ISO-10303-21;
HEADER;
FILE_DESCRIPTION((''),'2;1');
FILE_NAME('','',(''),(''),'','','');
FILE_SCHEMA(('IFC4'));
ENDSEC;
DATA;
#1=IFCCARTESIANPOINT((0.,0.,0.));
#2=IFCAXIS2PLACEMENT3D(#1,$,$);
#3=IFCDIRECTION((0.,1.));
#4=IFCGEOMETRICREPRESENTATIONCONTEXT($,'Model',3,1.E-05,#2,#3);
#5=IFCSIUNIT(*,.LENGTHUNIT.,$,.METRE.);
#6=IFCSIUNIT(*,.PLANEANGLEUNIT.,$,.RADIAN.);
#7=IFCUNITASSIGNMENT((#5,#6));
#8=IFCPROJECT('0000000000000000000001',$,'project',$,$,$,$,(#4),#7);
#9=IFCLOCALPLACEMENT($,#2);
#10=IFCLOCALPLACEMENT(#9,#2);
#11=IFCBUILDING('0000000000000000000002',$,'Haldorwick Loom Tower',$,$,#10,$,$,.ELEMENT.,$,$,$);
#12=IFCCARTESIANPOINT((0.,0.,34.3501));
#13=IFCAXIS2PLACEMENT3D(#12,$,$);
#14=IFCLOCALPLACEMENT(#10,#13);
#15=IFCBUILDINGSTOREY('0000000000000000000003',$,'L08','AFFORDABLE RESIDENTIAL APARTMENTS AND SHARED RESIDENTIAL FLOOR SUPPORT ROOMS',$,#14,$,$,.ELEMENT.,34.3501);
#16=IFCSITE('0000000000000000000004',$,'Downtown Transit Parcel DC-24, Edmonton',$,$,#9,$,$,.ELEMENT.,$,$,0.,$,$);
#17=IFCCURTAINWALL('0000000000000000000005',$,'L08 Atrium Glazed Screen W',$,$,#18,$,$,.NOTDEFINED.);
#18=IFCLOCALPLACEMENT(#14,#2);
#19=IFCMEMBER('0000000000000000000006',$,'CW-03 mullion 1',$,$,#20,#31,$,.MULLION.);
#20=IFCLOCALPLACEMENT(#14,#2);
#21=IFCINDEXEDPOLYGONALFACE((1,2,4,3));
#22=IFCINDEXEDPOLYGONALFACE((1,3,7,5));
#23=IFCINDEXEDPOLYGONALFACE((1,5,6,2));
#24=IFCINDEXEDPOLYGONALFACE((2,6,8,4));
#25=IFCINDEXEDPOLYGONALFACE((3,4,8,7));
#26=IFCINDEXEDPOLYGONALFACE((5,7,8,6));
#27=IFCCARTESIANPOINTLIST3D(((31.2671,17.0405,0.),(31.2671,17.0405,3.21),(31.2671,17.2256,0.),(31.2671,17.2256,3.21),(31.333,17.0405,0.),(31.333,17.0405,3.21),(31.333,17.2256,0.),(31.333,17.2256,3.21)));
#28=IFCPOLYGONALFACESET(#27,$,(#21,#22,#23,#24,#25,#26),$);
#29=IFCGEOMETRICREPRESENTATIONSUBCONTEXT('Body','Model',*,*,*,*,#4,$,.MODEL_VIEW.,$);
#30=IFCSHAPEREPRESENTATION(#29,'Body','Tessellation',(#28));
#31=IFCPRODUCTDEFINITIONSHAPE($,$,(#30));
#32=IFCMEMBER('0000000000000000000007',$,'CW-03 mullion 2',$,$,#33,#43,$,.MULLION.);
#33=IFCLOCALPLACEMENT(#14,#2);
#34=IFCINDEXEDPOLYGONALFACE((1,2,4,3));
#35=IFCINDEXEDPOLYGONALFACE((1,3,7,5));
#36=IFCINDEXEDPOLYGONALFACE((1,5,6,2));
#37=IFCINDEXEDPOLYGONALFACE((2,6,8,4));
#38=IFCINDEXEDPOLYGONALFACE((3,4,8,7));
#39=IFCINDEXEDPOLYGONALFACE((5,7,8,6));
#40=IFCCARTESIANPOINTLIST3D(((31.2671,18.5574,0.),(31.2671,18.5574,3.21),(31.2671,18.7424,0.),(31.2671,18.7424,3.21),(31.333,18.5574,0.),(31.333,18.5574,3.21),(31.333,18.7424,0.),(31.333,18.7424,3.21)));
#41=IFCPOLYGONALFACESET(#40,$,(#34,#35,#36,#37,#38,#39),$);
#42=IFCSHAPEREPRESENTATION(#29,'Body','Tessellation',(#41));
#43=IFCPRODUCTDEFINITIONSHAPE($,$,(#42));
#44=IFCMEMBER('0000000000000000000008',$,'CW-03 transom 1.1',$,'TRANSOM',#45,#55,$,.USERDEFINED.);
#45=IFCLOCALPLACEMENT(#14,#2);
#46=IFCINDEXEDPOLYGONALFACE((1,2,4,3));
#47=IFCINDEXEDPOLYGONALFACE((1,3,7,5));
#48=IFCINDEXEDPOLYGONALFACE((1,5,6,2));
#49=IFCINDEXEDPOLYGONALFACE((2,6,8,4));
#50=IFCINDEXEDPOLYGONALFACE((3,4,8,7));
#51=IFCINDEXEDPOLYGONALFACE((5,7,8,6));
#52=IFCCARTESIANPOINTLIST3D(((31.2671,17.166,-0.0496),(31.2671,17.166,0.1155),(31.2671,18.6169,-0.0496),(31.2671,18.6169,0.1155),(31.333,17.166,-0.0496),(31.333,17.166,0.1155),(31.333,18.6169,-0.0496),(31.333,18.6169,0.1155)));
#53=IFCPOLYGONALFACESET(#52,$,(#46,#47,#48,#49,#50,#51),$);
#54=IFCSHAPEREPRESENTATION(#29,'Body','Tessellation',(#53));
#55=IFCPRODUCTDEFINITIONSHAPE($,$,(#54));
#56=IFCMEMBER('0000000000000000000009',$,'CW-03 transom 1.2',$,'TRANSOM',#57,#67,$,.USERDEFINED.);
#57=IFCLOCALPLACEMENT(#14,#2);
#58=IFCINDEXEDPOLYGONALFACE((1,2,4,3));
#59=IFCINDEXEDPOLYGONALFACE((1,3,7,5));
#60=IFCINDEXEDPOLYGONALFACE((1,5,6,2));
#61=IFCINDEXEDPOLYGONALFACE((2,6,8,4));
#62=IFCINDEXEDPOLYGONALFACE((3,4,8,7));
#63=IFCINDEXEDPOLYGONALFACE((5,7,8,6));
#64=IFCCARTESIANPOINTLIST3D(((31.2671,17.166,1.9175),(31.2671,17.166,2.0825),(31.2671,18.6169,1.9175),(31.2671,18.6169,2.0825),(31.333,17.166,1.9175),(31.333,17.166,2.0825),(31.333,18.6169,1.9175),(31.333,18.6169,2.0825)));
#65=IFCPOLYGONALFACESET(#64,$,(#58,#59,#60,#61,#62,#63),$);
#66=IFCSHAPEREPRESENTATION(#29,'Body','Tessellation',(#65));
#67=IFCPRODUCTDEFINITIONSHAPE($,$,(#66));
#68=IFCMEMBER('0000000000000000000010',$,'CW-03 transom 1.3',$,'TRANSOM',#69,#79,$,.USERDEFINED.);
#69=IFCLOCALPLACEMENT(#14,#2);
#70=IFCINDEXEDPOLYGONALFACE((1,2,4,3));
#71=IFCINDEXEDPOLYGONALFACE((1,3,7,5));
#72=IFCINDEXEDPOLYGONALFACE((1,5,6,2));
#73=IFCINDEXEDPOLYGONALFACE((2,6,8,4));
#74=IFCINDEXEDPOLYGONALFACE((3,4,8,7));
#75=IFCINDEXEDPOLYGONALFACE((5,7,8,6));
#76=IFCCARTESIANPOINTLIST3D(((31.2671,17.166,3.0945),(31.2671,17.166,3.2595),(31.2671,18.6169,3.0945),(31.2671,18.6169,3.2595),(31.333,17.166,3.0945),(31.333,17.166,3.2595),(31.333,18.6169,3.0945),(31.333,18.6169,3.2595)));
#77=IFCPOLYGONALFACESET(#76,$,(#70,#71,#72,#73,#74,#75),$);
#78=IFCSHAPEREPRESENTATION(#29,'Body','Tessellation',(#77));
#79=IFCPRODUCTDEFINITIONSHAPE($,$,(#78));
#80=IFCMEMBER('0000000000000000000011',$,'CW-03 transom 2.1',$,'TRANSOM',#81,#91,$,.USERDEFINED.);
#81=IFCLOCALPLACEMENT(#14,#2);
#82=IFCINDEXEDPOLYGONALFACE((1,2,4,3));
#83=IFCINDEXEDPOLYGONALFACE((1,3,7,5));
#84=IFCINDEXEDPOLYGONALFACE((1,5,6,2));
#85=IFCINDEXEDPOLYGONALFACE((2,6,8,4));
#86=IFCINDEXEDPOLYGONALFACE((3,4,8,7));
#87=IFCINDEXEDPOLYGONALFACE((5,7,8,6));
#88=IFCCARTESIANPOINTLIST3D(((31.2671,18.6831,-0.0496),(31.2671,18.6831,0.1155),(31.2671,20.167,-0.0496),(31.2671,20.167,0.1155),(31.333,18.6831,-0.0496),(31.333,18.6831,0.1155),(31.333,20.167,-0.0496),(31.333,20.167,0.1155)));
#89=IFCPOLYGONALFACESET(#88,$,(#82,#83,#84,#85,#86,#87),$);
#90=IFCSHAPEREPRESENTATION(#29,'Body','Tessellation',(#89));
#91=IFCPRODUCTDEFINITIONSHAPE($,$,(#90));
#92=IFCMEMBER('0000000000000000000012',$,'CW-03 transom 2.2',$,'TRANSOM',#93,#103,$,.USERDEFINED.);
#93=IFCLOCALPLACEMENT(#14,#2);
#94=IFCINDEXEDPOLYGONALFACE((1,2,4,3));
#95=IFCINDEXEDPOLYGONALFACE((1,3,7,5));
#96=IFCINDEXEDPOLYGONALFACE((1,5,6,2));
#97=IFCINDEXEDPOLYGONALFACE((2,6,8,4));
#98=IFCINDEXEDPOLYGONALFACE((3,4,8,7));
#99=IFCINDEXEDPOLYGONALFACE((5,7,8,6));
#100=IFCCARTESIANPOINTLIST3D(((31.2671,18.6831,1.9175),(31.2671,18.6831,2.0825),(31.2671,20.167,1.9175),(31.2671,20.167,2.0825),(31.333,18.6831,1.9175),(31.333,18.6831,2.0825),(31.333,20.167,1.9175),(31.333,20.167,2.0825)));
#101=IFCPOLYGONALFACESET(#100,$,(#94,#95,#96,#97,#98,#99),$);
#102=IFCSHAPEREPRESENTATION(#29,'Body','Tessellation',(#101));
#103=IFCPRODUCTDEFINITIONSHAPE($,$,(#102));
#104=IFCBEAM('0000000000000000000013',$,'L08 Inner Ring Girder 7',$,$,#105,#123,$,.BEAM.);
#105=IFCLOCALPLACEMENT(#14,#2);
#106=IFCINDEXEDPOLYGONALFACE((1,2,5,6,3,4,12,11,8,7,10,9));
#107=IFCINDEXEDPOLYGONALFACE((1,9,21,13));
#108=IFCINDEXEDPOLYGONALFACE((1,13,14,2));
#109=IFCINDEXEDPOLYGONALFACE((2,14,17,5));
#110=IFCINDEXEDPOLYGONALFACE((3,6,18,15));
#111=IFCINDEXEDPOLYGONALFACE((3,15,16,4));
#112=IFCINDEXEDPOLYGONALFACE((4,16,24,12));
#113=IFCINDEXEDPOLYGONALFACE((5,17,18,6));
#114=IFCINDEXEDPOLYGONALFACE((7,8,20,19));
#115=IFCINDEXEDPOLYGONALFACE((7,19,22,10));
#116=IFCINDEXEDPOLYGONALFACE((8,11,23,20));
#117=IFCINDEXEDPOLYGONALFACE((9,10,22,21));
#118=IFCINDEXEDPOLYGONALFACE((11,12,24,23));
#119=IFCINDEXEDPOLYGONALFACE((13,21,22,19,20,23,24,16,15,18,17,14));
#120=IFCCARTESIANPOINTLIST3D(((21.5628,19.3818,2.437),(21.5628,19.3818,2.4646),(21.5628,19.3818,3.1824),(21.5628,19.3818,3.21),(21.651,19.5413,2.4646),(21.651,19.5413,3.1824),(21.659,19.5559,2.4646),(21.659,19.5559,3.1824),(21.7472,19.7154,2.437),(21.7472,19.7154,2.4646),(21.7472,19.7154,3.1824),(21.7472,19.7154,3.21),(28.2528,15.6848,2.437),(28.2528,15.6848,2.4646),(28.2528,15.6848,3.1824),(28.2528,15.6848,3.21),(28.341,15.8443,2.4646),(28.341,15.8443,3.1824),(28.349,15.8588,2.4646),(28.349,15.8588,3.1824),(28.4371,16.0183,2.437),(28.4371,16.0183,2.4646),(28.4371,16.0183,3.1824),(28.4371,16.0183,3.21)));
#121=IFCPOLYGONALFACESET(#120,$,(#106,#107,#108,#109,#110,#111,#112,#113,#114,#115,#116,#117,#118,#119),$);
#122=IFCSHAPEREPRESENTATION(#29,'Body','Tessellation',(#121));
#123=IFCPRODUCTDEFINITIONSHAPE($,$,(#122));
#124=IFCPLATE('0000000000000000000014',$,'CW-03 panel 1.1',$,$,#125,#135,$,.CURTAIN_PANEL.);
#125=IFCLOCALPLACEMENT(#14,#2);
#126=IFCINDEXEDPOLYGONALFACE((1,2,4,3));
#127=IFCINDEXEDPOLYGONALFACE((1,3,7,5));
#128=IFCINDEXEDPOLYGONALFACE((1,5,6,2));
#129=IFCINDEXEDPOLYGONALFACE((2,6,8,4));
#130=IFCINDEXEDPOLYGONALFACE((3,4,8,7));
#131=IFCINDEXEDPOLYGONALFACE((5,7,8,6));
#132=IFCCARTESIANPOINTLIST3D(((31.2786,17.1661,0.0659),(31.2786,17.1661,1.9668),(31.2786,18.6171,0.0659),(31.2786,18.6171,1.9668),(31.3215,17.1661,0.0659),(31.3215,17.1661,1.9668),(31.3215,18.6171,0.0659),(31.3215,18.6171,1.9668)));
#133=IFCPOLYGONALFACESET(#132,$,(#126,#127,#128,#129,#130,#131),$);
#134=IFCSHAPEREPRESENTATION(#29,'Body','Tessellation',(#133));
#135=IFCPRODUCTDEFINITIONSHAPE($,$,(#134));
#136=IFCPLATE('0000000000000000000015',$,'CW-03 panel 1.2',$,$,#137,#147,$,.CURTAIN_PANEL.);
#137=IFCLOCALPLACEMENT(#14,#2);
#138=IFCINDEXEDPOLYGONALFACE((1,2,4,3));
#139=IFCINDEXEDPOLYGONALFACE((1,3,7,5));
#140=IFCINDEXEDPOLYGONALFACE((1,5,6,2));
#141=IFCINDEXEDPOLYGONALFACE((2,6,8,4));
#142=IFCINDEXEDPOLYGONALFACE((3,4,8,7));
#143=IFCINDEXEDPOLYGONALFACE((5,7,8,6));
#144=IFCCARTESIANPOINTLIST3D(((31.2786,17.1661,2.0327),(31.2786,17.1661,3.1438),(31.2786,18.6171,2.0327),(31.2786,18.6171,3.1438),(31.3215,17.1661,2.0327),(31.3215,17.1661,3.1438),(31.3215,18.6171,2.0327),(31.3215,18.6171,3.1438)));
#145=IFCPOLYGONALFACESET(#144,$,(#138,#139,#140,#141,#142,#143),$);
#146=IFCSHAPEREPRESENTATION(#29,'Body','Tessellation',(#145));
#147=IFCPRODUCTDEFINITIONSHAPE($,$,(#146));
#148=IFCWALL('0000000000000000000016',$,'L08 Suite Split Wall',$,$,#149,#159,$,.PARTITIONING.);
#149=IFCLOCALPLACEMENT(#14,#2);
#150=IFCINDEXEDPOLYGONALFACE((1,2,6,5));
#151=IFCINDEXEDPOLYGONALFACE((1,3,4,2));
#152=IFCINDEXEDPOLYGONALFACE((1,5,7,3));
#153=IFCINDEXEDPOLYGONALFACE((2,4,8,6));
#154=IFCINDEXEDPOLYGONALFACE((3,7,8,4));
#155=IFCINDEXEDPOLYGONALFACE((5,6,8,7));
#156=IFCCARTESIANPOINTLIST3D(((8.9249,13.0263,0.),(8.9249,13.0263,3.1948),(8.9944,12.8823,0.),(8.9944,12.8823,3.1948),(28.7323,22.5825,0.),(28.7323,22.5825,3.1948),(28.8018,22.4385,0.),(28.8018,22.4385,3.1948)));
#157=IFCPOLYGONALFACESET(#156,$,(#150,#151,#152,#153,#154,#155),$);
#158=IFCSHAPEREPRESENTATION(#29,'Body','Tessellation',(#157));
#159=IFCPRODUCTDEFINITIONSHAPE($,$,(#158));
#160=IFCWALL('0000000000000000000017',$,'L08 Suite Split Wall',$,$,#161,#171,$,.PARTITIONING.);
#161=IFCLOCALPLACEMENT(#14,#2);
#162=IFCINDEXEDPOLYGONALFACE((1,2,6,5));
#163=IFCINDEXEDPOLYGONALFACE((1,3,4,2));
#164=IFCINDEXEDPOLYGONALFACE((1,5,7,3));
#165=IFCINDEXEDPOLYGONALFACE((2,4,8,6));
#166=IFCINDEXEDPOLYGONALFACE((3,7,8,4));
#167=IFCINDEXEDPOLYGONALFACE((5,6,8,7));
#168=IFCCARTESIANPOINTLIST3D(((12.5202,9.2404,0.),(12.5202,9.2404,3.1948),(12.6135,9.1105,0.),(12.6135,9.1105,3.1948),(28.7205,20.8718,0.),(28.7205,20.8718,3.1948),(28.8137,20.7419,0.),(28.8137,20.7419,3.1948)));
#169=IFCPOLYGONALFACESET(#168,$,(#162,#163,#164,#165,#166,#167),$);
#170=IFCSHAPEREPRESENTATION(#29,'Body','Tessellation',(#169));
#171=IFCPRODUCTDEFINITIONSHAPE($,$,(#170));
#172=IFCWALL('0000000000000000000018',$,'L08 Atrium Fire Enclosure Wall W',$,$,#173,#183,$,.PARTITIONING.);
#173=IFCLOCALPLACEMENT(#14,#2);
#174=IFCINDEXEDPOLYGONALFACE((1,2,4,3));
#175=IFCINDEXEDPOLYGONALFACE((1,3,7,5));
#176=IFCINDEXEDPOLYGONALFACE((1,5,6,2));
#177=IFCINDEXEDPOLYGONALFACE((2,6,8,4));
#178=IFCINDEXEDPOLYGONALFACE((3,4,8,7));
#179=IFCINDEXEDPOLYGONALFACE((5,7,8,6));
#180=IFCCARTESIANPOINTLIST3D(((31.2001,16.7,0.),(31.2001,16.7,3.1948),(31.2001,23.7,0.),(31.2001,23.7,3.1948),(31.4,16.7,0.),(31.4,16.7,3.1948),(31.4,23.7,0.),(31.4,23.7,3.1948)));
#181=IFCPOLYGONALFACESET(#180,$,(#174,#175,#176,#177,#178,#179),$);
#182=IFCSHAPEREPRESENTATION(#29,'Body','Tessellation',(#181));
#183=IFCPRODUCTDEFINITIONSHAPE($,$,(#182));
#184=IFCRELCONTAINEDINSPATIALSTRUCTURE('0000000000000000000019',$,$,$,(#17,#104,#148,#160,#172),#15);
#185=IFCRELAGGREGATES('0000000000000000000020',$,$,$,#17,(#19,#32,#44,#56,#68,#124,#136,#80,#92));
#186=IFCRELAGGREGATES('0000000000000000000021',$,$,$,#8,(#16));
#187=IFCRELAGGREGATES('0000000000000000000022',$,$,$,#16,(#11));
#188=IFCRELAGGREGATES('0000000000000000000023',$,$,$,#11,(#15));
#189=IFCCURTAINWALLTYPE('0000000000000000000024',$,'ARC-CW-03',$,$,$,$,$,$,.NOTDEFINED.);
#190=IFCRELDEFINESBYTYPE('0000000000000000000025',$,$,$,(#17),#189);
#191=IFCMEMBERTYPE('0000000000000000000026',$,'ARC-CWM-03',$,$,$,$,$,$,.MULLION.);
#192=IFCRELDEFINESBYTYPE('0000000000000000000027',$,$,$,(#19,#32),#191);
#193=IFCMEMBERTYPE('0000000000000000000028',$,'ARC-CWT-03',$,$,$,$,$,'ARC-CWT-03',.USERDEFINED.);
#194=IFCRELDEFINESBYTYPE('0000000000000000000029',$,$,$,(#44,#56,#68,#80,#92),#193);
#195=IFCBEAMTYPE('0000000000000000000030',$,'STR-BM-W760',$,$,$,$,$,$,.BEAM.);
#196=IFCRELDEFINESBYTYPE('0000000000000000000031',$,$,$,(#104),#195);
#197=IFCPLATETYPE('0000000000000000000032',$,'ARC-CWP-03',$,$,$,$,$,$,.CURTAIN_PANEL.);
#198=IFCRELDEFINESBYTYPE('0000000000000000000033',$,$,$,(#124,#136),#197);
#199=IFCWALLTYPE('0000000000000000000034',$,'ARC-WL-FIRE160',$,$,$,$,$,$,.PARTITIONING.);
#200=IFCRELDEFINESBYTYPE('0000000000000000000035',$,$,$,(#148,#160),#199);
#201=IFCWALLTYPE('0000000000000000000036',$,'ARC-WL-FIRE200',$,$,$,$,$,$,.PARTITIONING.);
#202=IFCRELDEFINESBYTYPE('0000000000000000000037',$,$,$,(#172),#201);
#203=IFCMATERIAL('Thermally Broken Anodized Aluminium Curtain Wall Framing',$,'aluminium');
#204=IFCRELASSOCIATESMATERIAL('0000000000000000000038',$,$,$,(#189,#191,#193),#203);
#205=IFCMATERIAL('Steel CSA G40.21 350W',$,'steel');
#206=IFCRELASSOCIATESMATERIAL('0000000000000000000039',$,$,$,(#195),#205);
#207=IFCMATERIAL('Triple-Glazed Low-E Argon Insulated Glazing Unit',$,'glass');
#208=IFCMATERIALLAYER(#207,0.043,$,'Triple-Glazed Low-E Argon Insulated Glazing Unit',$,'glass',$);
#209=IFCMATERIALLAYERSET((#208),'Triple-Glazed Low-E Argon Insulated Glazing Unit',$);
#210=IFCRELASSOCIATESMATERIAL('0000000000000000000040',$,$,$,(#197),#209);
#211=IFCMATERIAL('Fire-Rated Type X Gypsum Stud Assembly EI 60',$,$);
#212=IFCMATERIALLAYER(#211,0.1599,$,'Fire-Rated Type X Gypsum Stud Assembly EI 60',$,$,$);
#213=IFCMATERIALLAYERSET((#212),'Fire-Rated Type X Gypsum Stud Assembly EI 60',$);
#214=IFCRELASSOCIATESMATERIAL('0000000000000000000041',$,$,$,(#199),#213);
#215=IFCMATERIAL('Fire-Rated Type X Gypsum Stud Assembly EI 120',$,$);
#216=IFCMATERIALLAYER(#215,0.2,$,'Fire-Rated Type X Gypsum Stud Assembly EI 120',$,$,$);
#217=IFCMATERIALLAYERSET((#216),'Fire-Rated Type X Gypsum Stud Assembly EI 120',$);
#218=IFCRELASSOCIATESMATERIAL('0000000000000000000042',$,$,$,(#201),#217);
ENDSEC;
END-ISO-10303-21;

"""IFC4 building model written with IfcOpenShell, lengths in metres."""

from ifc_helpers import new_model, si_unit, direction, frame, frame_2d, origin, origin_2d, place, context, subcontext, project, spatial, rectangle, i_section, extrude, material, layer, layer_set, material_profile, profile_set, type_object, element, aggregate, save


model = new_model("IFC4")

# Units and contexts
model_context = context("Model", 3, precision=1e-05, world=origin(), true_north=direction((0.0, 1.0)))
body_context = subcontext(model_context, "Body", "Model", "MODEL_VIEW")
ifc_project = project(units=[si_unit("LENGTHUNIT", "METRE"), si_unit("PLANEANGLEUNIT", "RADIAN")], contexts=[model_context])

# Site, building, storey
site_placement = place(None, origin())
site = spatial("IfcSite", under=ifc_project, at=site_placement, Name="Downtown Transit Parcel DC-24, Edmonton", CompositionType="ELEMENT", RefElevation=0.0)
building_placement = place(site_placement, origin())
building = spatial("IfcBuilding", under=site, at=building_placement, Name="Haldorwick Loom Tower", CompositionType="ELEMENT")
storey_placement = place(building_placement, frame((0.0, 0.0, 34.3501)))
storey = spatial("IfcBuildingStorey", under=building, at=storey_placement, Name="L08", Description="AFFORDABLE RESIDENTIAL APARTMENTS AND SHARED RESIDENTIAL FLOOR SUPPORT ROOMS", CompositionType="ELEMENT", Elevation=34.3501)

# Curtain wall, members
ifc_material_1 = material(Name="Thermally Broken Anodized Aluminium Curtain Wall Framing", Category="aluminium")
curtain_wall_type = type_object("IfcCurtainWallType", Name="ARC-CW-03", PredefinedType="NOTDEFINED", material=ifc_material_1)
curtain_wall_placement = place(storey_placement, origin())
curtain_wall = element("IfcCurtainWall", 1, at=curtain_wall_placement, inside=storey, type_object=curtain_wall_type, Name="L08 Atrium Glazed Screen W", PredefinedType="NOTDEFINED")
ifc_material_profile_1 = material_profile(ifc_material_1, rectangle(XDim=0.0659, YDim=0.1851, at=origin_2d()), Name="ALU_MUL_66X185", Category="aluminium")
ifc_profile_set_1 = profile_set([ifc_material_profile_1], Name="Thermally Broken Anodized Aluminium Curtain Wall Framing")
member_type_1 = type_object("IfcMemberType", Name="ARC-CWM-03", PredefinedType="MULLION", material=ifc_profile_set_1)
member_1_placement = place(storey_placement, frame((31.3, 17.1331, 0.0), z_axis=(0.0, 0.0, 1.0), x_axis=(-1.0, 0.0, 0.0)))
member_1 = element("IfcMember", 2, at=member_1_placement, type_object=member_type_1, Name="CW-03 mullion 1", PredefinedType="MULLION", context=body_context, shape_type="SweptSolid", body=[
    extrude(rectangle(XDim=0.0659, YDim=0.1851, at=origin_2d()), origin(), (0.0, 0.0, 1.0), 3.21),
])
member_2_placement = place(storey_placement, frame((31.3, 18.6499, 0.0), z_axis=(0.0, 0.0, 1.0), x_axis=(-1.0, 0.0, 0.0)))
member_2 = element("IfcMember", 3, at=member_2_placement, type_object=member_type_1, Name="CW-03 mullion 2", PredefinedType="MULLION", context=body_context, shape_type="SweptSolid", body=[
    extrude(rectangle(XDim=0.0659, YDim=0.1851, at=origin_2d()), origin(), (0.0, 0.0, 1.0), 3.21),
])
ifc_material_profile_2 = material_profile(ifc_material_1, rectangle(XDim=0.0659, YDim=0.165, at=origin_2d()), Name="ALU_TRN_66X165", Category="aluminium")
ifc_profile_set_2 = profile_set([ifc_material_profile_2], Name="Thermally Broken Anodized Aluminium Curtain Wall Framing")
member_type_2 = type_object("IfcMemberType", Name="ARC-CWT-03", ElementType="ARC-CWT-03", PredefinedType="USERDEFINED", material=ifc_profile_set_2)
member_3_placement = place(storey_placement, frame((31.3, 17.166, 0.033), z_axis=(0.0, 1.0, 0.0), x_axis=(-1.0, 0.0, 0.0)))
member_3 = element("IfcMember", 4, at=member_3_placement, type_object=member_type_2, Name="CW-03 transom 1.1", ObjectType="TRANSOM", PredefinedType="USERDEFINED", context=body_context, shape_type="SweptSolid", body=[
    extrude(rectangle(XDim=0.0659, YDim=0.165, at=origin_2d()), origin(), (0.0, 0.0, 1.0), 1.4509),
])
member_4_placement = place(storey_placement, frame((31.3, 17.166, 2.0), z_axis=(0.0, 1.0, 0.0), x_axis=(-1.0, 0.0, 0.0)))
member_4 = element("IfcMember", 5, at=member_4_placement, type_object=member_type_2, Name="CW-03 transom 1.2", ObjectType="TRANSOM", PredefinedType="USERDEFINED", context=body_context, shape_type="SweptSolid", body=[
    extrude(rectangle(XDim=0.0659, YDim=0.165, at=origin_2d()), origin(), (0.0, 0.0, 1.0), 1.4509),
])
member_5_placement = place(storey_placement, frame((31.3, 17.166, 3.177), z_axis=(0.0, 1.0, 0.0), x_axis=(-1.0, 0.0, 0.0)))
member_5 = element("IfcMember", 6, at=member_5_placement, type_object=member_type_2, Name="CW-03 transom 1.3", ObjectType="TRANSOM", PredefinedType="USERDEFINED", context=body_context, shape_type="SweptSolid", body=[
    extrude(rectangle(XDim=0.0659, YDim=0.165, at=origin_2d()), origin(), (0.0, 0.0, 1.0), 1.4509),
])
member_6_placement = place(storey_placement, frame((31.3, 18.6831, 0.033), z_axis=(0.0, 1.0, 0.0), x_axis=(-1.0, 0.0, 0.0)))
member_6 = element("IfcMember", 7, at=member_6_placement, type_object=member_type_2, Name="CW-03 transom 2.1", ObjectType="TRANSOM", PredefinedType="USERDEFINED", context=body_context, shape_type="SweptSolid", body=[
    extrude(rectangle(XDim=0.0659, YDim=0.165, at=origin_2d()), origin(), (0.0, 0.0, 1.0), 1.4839),
])
member_7_placement = place(storey_placement, frame((31.3, 18.6831, 2.0), z_axis=(0.0, 1.0, 0.0), x_axis=(-1.0, 0.0, 0.0)))
member_7 = element("IfcMember", 8, at=member_7_placement, type_object=member_type_2, Name="CW-03 transom 2.2", ObjectType="TRANSOM", PredefinedType="USERDEFINED", context=body_context, shape_type="SweptSolid", body=[
    extrude(rectangle(XDim=0.0659, YDim=0.165, at=origin_2d()), origin(), (0.0, 0.0, 1.0), 1.4839),
])

# Beam
ifc_material_2 = material(Name="Steel CSA G40.21 350W", Category="steel")
ifc_material_profile_3 = material_profile(ifc_material_2, i_section(OverallWidth=0.3811, OverallDepth=0.7729, WebThickness=0.0166, FlangeThickness=0.0276, at=origin_2d()), Name="W760X257", Category="steel")
ifc_profile_set_3 = profile_set([ifc_material_profile_3], Name="Steel CSA G40.21 350W")
beam_type = type_object("IfcBeamType", Name="STR-BM-W760", PredefinedType="BEAM", material=ifc_profile_set_3)
beam_placement = place(storey_placement, frame((28.345, 15.8516, 2.8235), z_axis=(-0.875244, 0.483681, 0.0), x_axis=(-0.483681, -0.875244, 0.0)))
element("IfcBeam", 9, at=beam_placement, inside=storey, type_object=beam_type, Name="L08 Inner Ring Girder 7", PredefinedType="BEAM", context=body_context, shape_type="SweptSolid", body=[
    extrude(i_section(OverallWidth=0.3811, OverallDepth=0.7729, WebThickness=0.0166, FlangeThickness=0.0276, at=origin_2d()), origin(), (0.0, 0.0, 1.0), 7.6436),
])

# Plates
ifc_material_3 = material(Name="Triple-Glazed Low-E Argon Insulated Glazing Unit", Category="glass")
ifc_layer_1 = layer(ifc_material_3, 0.043, Name="Triple-Glazed Low-E Argon Insulated Glazing Unit", Category="glass")
ifc_layer_set_1 = layer_set([ifc_layer_1], Name="Triple-Glazed Low-E Argon Insulated Glazing Unit")
plate_type = type_object("IfcPlateType", Name="ARC-CWP-03", PredefinedType="CURTAIN_PANEL", material=ifc_layer_set_1)
plate_1_placement = place(storey_placement, frame((31.3, 17.8916, 0.0659), z_axis=(0.0, 0.0, 1.0), x_axis=(0.0, 1.0, 0.0)))
plate_1 = element("IfcPlate", 10, at=plate_1_placement, type_object=plate_type, Name="CW-03 panel 1.1", PredefinedType="CURTAIN_PANEL", context=body_context, shape_type="SweptSolid", body=[
    extrude(rectangle(XDim=1.4509, YDim=0.043, at=origin_2d()), origin(), (0.0, 0.0, 1.0), 1.9009),
])
plate_2_placement = place(storey_placement, frame((31.3, 17.8916, 2.0327), z_axis=(0.0, 0.0, 1.0), x_axis=(0.0, 1.0, 0.0)))
plate_2 = element("IfcPlate", 11, at=plate_2_placement, type_object=plate_type, Name="CW-03 panel 1.2", PredefinedType="CURTAIN_PANEL", context=body_context, shape_type="SweptSolid", body=[
    extrude(rectangle(XDim=1.4509, YDim=0.043, at=origin_2d()), origin(), (0.0, 0.0, 1.0), 1.1111),
])
aggregate(curtain_wall, [member_1, member_2, member_3, member_4, member_5, plate_1, plate_2, member_6, member_7])

# Walls
ifc_material_4 = material(Name="Fire-Rated Type X Gypsum Stud Assembly EI 60")
ifc_layer_2 = layer(ifc_material_4, 0.1599, Name="Fire-Rated Type X Gypsum Stud Assembly EI 60")
ifc_layer_set_2 = layer_set([ifc_layer_2], Name="Fire-Rated Type X Gypsum Stud Assembly EI 60")
wall_type_1 = type_object("IfcWallType", Name="ARC-WL-FIRE160", PredefinedType="PARTITIONING", material=ifc_layer_set_2)
wall_1_placement = place(storey_placement, frame((28.7671, 22.5105, 0.0), z_axis=(0.0, 0.0, 1.0), x_axis=(-0.900659, -0.434527, 0.0)))
element("IfcWall", 12, at=wall_1_placement, inside=storey, type_object=wall_type_1, Name="L08 Suite Split Wall", PredefinedType="PARTITIONING", context=body_context, shape_type="SweptSolid", body=[
    extrude(rectangle(XDim=21.9922, YDim=0.1599, at=frame_2d((10.9961, 0.0))), origin(), (0.0, 0.0, 1.0), 3.1948),
])
wall_2_placement = place(storey_placement, frame((28.7671, 20.8069, 0.0), z_axis=(0.0, 0.0, 1.0), x_axis=(-0.812313, -0.583221, 0.0)))
element("IfcWall", 13, at=wall_2_placement, inside=storey, type_object=wall_type_1, Name="L08 Suite Split Wall", PredefinedType="PARTITIONING", context=body_context, shape_type="SweptSolid", body=[
    extrude(rectangle(XDim=19.9434, YDim=0.1599, at=frame_2d((9.9717, 0.0))), origin(), (0.0, 0.0, 1.0), 3.1948),
])
ifc_material_5 = material(Name="Fire-Rated Type X Gypsum Stud Assembly EI 120")
ifc_layer_3 = layer(ifc_material_5, 0.2, Name="Fire-Rated Type X Gypsum Stud Assembly EI 120")
ifc_layer_set_3 = layer_set([ifc_layer_3], Name="Fire-Rated Type X Gypsum Stud Assembly EI 120")
wall_type_2 = type_object("IfcWallType", Name="ARC-WL-FIRE200", PredefinedType="PARTITIONING", material=ifc_layer_set_3)
wall_3_placement = place(storey_placement, frame((31.3, 16.7, 0.0), z_axis=(0.0, 0.0, 1.0), x_axis=(0.0, 1.0, 0.0)))
element("IfcWall", 14, at=wall_3_placement, inside=storey, type_object=wall_type_2, Name="L08 Atrium Fire Enclosure Wall W", PredefinedType="PARTITIONING", context=body_context, shape_type="SweptSolid", body=[
    extrude(rectangle(XDim=7.0, YDim=0.2, at=frame_2d((3.5, 0.0))), origin(), (0.0, 0.0, 1.0), 3.1948),
])

save(model, "model.ifc")
